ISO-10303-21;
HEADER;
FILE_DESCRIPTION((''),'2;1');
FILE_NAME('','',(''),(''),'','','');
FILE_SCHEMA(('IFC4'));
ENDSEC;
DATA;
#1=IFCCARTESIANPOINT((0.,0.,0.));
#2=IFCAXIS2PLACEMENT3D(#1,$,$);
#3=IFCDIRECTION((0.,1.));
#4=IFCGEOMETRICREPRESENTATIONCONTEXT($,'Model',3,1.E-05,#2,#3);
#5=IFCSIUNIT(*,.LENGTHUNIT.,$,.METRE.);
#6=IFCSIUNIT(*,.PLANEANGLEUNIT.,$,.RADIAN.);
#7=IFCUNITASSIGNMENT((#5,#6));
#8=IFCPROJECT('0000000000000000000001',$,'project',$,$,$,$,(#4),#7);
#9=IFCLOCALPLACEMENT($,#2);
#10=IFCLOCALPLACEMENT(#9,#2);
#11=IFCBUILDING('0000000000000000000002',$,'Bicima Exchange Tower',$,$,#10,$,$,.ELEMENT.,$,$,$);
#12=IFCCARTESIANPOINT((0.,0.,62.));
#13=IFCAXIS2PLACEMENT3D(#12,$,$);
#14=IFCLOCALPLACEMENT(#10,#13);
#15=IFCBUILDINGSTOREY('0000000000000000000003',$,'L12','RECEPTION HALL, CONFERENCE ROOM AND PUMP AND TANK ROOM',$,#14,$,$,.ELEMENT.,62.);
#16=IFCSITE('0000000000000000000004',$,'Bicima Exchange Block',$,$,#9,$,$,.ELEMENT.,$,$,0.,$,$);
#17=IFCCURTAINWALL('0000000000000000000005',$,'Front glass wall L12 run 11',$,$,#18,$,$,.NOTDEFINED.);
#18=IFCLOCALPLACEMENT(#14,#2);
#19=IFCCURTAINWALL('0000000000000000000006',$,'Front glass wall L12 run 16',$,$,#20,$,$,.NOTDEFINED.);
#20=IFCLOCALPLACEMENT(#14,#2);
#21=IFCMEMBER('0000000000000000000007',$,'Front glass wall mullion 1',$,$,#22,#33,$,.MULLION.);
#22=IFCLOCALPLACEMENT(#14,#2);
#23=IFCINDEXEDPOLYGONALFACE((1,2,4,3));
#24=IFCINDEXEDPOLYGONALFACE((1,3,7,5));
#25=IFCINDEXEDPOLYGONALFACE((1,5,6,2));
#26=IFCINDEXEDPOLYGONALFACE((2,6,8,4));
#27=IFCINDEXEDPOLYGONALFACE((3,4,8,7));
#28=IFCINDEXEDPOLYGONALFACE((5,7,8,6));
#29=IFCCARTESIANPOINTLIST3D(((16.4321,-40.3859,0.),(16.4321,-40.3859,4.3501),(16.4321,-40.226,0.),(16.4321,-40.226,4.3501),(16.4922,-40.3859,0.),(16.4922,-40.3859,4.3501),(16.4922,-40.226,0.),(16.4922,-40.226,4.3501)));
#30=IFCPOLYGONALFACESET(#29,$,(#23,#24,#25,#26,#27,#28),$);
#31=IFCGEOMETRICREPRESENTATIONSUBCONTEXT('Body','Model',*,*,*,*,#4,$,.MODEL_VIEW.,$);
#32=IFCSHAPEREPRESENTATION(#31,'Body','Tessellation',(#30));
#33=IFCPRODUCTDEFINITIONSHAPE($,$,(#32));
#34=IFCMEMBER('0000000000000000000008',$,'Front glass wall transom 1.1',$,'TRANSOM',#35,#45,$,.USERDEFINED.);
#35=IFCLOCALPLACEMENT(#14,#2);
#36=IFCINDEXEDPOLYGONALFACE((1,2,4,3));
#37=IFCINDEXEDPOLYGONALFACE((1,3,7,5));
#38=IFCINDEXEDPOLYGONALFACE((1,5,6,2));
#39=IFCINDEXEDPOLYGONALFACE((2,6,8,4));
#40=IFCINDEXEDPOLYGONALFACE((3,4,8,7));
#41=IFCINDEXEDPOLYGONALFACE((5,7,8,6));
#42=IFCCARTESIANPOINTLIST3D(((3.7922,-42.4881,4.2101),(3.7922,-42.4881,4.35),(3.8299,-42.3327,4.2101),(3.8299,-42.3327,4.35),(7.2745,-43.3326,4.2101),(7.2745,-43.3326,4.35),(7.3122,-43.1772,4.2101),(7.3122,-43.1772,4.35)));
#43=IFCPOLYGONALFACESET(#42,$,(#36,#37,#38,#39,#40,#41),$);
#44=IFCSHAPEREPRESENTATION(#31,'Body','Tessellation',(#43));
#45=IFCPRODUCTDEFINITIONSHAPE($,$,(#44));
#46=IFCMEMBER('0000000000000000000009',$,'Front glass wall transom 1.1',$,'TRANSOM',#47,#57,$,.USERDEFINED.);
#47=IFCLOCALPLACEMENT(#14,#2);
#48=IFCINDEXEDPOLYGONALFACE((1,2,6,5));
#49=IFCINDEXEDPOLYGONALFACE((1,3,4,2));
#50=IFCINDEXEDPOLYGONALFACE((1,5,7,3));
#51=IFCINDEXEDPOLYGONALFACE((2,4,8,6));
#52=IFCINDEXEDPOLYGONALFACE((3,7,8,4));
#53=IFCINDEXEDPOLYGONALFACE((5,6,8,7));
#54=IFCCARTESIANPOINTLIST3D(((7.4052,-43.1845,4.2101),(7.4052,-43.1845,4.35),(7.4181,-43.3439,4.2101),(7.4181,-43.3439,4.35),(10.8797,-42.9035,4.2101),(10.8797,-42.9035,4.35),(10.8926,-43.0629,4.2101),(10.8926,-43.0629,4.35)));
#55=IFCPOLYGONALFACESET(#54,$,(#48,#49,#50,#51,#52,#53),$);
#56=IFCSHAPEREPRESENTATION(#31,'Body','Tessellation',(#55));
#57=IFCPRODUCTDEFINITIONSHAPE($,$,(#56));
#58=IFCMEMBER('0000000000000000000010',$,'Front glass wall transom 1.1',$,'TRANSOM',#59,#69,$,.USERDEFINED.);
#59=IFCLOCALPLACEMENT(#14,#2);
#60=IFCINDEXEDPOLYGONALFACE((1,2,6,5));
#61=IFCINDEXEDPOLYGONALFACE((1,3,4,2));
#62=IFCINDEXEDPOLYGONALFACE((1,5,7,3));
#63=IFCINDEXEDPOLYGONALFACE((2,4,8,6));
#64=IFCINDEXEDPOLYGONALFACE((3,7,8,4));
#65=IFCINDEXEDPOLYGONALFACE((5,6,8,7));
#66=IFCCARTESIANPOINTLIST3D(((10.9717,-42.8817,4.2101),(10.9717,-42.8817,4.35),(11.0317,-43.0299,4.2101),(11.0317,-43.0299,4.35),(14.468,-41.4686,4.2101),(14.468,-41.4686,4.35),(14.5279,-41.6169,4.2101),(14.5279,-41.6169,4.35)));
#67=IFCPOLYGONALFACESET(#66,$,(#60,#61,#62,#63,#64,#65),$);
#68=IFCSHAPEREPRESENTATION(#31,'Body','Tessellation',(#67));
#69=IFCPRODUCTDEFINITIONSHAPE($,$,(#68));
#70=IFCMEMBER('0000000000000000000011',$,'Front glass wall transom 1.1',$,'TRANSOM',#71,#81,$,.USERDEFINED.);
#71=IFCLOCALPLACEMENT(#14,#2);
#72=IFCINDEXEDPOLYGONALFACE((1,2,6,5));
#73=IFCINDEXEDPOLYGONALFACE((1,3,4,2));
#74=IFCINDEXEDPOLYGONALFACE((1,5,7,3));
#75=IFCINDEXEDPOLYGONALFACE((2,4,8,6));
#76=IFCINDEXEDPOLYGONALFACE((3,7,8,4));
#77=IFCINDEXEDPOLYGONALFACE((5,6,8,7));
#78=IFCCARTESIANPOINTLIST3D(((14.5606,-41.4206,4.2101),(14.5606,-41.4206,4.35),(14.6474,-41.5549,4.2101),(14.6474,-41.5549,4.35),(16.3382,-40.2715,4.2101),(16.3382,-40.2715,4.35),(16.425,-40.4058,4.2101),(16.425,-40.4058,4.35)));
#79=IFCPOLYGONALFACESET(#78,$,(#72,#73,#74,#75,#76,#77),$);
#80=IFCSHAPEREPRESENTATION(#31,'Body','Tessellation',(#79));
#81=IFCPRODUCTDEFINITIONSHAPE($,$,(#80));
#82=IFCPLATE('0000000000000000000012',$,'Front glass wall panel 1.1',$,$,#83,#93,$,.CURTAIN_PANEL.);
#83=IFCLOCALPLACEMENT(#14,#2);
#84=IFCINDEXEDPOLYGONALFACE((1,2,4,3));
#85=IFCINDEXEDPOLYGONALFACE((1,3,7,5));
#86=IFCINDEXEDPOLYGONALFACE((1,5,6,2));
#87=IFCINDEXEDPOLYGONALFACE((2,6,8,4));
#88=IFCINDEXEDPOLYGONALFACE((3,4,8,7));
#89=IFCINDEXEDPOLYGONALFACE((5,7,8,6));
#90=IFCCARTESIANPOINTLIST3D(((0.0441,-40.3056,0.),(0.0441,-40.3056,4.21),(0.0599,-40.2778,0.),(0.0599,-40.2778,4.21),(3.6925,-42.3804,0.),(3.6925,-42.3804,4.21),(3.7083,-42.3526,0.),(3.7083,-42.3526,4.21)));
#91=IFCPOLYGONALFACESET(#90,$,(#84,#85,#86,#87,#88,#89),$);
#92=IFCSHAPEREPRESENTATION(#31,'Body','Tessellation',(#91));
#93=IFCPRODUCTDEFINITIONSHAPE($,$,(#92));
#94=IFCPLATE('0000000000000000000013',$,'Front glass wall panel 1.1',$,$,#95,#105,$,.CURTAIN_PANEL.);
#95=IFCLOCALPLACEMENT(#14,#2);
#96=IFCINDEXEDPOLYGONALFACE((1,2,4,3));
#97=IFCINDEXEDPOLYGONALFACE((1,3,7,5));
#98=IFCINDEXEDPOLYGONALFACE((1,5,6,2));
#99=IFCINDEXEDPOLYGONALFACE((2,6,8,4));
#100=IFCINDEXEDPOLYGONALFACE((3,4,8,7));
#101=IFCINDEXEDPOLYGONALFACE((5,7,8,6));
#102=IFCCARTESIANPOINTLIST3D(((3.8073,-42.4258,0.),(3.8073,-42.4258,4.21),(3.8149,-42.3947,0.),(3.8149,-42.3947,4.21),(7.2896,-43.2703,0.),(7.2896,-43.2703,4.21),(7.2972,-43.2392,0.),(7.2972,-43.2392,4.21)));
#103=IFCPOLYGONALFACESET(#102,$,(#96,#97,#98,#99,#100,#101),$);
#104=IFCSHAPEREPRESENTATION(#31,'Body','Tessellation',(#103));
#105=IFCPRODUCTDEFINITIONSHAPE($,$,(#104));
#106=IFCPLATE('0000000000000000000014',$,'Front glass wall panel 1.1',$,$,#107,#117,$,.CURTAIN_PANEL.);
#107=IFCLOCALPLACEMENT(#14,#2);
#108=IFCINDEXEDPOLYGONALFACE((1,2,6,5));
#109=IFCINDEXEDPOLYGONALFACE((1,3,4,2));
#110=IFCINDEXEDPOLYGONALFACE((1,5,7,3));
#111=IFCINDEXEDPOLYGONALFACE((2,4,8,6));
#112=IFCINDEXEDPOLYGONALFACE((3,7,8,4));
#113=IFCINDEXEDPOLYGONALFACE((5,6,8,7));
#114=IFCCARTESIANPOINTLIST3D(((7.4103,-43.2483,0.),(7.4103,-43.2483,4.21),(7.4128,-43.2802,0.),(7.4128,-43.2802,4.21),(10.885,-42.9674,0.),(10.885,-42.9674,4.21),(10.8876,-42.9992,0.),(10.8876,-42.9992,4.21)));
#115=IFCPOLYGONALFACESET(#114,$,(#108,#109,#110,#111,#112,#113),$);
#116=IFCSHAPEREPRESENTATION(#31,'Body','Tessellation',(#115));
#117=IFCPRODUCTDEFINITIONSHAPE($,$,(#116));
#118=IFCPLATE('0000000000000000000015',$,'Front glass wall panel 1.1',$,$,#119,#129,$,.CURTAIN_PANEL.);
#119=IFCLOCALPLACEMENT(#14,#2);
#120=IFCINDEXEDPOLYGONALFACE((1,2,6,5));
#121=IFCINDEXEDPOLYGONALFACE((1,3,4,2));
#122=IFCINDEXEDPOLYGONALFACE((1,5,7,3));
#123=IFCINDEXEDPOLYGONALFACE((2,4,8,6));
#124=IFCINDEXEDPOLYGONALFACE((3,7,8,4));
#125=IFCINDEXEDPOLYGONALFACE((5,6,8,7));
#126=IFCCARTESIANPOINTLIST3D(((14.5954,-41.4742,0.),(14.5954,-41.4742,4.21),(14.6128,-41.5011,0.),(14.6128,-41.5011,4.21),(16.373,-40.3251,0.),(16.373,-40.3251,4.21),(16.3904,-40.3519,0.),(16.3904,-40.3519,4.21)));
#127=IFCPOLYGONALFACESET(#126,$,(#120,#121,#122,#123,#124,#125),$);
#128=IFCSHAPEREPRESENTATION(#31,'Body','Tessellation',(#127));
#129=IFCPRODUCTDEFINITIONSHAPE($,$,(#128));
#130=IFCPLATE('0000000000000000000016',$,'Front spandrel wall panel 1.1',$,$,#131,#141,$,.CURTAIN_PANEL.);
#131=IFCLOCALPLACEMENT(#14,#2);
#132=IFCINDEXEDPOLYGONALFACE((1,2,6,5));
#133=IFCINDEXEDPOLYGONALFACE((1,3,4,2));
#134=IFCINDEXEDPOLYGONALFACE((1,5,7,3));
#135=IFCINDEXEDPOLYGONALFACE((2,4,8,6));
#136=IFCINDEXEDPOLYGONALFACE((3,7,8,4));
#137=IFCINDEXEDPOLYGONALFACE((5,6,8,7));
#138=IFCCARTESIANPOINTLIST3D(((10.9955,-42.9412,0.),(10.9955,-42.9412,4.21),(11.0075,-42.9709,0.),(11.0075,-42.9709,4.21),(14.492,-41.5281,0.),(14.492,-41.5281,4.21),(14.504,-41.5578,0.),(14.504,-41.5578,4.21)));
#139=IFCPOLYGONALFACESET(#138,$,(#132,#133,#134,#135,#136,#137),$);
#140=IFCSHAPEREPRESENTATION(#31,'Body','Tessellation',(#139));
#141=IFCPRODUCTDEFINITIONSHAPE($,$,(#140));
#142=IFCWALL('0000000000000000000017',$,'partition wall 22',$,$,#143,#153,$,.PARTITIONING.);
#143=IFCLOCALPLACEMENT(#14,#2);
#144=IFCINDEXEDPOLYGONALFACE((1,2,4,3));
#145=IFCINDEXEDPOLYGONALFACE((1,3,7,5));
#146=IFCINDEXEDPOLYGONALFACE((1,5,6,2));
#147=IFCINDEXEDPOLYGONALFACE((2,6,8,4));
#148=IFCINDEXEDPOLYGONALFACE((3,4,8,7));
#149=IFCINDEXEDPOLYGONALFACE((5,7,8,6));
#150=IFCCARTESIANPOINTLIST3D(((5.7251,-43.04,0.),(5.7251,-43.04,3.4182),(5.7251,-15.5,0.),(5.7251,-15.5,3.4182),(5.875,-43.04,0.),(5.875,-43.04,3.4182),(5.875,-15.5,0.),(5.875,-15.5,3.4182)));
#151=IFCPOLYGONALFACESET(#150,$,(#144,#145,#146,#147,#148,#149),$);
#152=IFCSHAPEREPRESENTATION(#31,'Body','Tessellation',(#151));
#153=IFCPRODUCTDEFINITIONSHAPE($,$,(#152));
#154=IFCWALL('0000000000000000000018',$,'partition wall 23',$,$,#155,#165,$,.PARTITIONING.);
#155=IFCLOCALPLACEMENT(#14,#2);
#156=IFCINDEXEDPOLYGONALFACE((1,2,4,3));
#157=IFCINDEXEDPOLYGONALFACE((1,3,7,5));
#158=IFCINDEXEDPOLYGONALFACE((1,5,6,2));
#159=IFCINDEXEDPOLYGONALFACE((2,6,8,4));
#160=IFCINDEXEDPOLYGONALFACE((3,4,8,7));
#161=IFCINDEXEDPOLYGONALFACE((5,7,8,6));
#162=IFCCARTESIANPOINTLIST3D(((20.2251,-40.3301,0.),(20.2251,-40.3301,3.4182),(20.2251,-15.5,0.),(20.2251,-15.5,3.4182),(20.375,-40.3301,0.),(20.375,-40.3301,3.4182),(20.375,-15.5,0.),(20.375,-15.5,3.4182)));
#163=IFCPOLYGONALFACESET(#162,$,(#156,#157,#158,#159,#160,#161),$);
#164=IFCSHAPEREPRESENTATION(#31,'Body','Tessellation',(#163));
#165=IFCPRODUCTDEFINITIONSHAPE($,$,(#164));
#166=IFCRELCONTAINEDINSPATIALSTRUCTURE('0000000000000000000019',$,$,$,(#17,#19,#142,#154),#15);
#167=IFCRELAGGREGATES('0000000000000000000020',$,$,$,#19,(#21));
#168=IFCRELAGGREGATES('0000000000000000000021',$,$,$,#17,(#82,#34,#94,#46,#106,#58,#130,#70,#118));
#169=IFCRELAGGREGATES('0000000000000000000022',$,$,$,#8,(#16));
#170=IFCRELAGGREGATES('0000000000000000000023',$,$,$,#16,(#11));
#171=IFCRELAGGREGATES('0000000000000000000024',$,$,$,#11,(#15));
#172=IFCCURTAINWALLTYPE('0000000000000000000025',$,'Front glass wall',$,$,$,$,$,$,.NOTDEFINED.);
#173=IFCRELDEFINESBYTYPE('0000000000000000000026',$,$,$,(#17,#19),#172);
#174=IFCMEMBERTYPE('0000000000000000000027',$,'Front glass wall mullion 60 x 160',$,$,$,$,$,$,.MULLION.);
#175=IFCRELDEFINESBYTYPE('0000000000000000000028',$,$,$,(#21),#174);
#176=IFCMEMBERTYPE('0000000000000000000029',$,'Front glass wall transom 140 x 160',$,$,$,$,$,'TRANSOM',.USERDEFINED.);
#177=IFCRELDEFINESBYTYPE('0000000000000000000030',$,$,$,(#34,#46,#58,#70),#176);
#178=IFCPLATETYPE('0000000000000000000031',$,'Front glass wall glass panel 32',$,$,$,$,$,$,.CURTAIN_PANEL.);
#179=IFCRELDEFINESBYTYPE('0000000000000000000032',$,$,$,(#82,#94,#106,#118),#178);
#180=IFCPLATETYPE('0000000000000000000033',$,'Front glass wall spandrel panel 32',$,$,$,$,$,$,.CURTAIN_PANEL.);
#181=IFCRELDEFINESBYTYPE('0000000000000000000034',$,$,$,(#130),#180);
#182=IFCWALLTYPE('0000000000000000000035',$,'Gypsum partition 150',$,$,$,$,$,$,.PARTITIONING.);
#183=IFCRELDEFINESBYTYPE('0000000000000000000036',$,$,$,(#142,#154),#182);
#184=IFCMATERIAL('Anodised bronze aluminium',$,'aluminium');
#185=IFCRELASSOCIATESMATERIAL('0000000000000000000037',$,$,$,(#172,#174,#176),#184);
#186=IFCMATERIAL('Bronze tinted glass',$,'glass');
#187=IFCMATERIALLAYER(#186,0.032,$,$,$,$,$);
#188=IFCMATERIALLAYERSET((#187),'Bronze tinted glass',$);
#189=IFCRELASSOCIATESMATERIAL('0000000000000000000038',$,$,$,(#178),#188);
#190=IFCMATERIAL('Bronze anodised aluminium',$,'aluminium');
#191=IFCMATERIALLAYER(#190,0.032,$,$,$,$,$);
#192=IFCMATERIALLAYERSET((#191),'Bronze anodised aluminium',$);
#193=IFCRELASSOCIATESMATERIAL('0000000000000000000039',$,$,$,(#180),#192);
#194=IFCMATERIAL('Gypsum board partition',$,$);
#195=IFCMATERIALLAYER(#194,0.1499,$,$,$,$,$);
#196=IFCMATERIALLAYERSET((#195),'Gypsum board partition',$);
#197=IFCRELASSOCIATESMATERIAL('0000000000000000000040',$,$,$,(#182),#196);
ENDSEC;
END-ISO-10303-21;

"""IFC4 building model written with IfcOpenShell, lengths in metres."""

from ifc_helpers import new_model, si_unit, direction, frame, frame_2d, origin, origin_2d, place, context, subcontext, project, spatial, rectangle, extrude, material, layer, layer_set, material_profile, profile_set, type_object, element, aggregate, save


model = new_model("IFC4")

# Units and contexts
model_context = context("Model", 3, precision=1e-05, world=origin(), true_north=direction((0.0, 1.0)))
body_context = subcontext(model_context, "Body", "Model", "MODEL_VIEW")
ifc_project = project(units=[si_unit("LENGTHUNIT", "METRE"), si_unit("PLANEANGLEUNIT", "RADIAN")], contexts=[model_context])

# Site, building, storey
site_placement = place(None, origin())
site = spatial("IfcSite", under=ifc_project, at=site_placement, Name="Bicima Exchange Block", CompositionType="ELEMENT", RefElevation=0.0)
building_placement = place(site_placement, origin())
building = spatial("IfcBuilding", under=site, at=building_placement, Name="Bicima Exchange Tower", CompositionType="ELEMENT")
storey_placement = place(building_placement, frame((0.0, 0.0, 62.0)))
storey = spatial("IfcBuildingStorey", under=building, at=storey_placement, Name="L12", Description="RECEPTION HALL, CONFERENCE ROOM AND PUMP AND TANK ROOM", CompositionType="ELEMENT", Elevation=62.0)

# Curtain wall
ifc_material_1 = material(Name="Anodised bronze aluminium", Category="aluminium")
curtain_wall_type = type_object("IfcCurtainWallType", Name="Front glass wall", PredefinedType="NOTDEFINED", material=ifc_material_1)
curtain_wall_1_placement = place(storey_placement, origin())
curtain_wall_1 = element("IfcCurtainWall", 1, at=curtain_wall_1_placement, inside=storey, type_object=curtain_wall_type, Name="Front glass wall L12 run 11", PredefinedType="NOTDEFINED")
ifc_material_profile_1 = material_profile(ifc_material_1, rectangle(XDim=0.1599, YDim=0.0601, at=origin_2d()))
ifc_profile_set_1 = profile_set([ifc_material_profile_1], Name="Anodised bronze aluminium")
member_type_1 = type_object("IfcMemberType", Name="Front glass wall mullion 60 x 160", PredefinedType="MULLION", material=ifc_profile_set_1)

# Curtain wall, member
curtain_wall_2_placement = place(storey_placement, origin())
curtain_wall_2 = element("IfcCurtainWall", 2, at=curtain_wall_2_placement, inside=storey, type_object=curtain_wall_type, Name="Front glass wall L12 run 16", PredefinedType="NOTDEFINED")
member_1_placement = place(storey_placement, frame((16.4622, -40.3059, 0.0), z_axis=(0.0, 0.0, 1.0), x_axis=(0.0, 1.0, 0.0)))
member_1 = element("IfcMember", 3, at=member_1_placement, type_object=member_type_1, Name="Front glass wall mullion 1", PredefinedType="MULLION", context=body_context, shape_type="SweptSolid", body=[
    extrude(rectangle(XDim=0.1599, YDim=0.0601, at=origin_2d()), origin(), (0.0, 0.0, 1.0), 4.3501),
])
aggregate(curtain_wall_2, [member_1])

# Members
ifc_material_profile_2 = material_profile(ifc_material_1, rectangle(XDim=0.1599, YDim=0.1399, at=origin_2d()))
ifc_profile_set_2 = profile_set([ifc_material_profile_2], Name="Anodised bronze aluminium")
member_type_2 = type_object("IfcMemberType", Name="Front glass wall transom 140 x 160", ElementType="TRANSOM", PredefinedType="USERDEFINED", material=ifc_profile_set_2)
member_2_placement = place(storey_placement, frame((3.811, -42.4104, 4.28), z_axis=(0.971834, -0.235668, 0.0), x_axis=(0.235668, 0.971834, 0.0)))
member_2 = element("IfcMember", 4, at=member_2_placement, type_object=member_type_2, Name="Front glass wall transom 1.1", ObjectType="TRANSOM", PredefinedType="USERDEFINED", context=body_context, shape_type="SweptSolid", body=[
    extrude(rectangle(XDim=0.1599, YDim=0.1399, at=origin_2d()), origin(), (0.0, 0.0, 1.0), 3.5833),
])
member_3_placement = place(storey_placement, frame((7.4116, -43.2642, 4.28), z_axis=(0.996746, 0.080611, 0.0), x_axis=(-0.080611, 0.996746, 0.0)))
member_3 = element("IfcMember", 5, at=member_3_placement, type_object=member_type_2, Name="Front glass wall transom 1.1", ObjectType="TRANSOM", PredefinedType="USERDEFINED", context=body_context, shape_type="SweptSolid", body=[
    extrude(rectangle(XDim=0.1599, YDim=0.1399, at=origin_2d()), origin(), (0.0, 0.0, 1.0), 3.4858),
])
member_4_placement = place(storey_placement, frame((11.0017, -42.9558, 4.28), z_axis=(0.92714, 0.374715, 0.0), x_axis=(-0.374715, 0.92714, 0.0)))
member_4 = element("IfcMember", 6, at=member_4_placement, type_object=member_type_2, Name="Front glass wall transom 1.1", ObjectType="TRANSOM", PredefinedType="USERDEFINED", context=body_context, shape_type="SweptSolid", body=[
    extrude(rectangle(XDim=0.1599, YDim=0.1399, at=origin_2d()), origin(), (0.0, 0.0, 1.0), 3.771),
])
member_5_placement = place(storey_placement, frame((14.604, -41.4878, 4.28), z_axis=(0.839793, 0.542907, 0.0), x_axis=(-0.542907, 0.839793, 0.0)))
member_5 = element("IfcMember", 7, at=member_5_placement, type_object=member_type_2, Name="Front glass wall transom 1.1", ObjectType="TRANSOM", PredefinedType="USERDEFINED", context=body_context, shape_type="SweptSolid", body=[
    extrude(rectangle(XDim=0.1599, YDim=0.1399, at=origin_2d()), origin(), (0.0, 0.0, 1.0), 2.1167),
])

# Plates
ifc_material_2 = material(Name="Bronze tinted glass", Category="glass")
ifc_layer_1 = layer(ifc_material_2, 0.032)
ifc_layer_set_1 = layer_set([ifc_layer_1], Name="Bronze tinted glass")
plate_type_1 = type_object("IfcPlateType", Name="Front glass wall glass panel 32", PredefinedType="CURTAIN_PANEL", material=ifc_layer_set_1)
plate_1_placement = place(storey_placement, frame((1.8762, -41.3291, 0.0), z_axis=(0.0, 0.0, 1.0), x_axis=(0.869274, -0.49433, 0.0)))
plate_1 = element("IfcPlate", 8, at=plate_1_placement, type_object=plate_type_1, Name="Front glass wall panel 1.1", PredefinedType="CURTAIN_PANEL", context=body_context, shape_type="SweptSolid", body=[
    extrude(rectangle(XDim=4.197, YDim=0.032, at=origin_2d()), origin(), (0.0, 0.0, 1.0), 4.21),
])
plate_2_placement = place(storey_placement, frame((5.5522, -42.8325, 0.0), z_axis=(0.0, 0.0, 1.0), x_axis=(0.97183, -0.235682, 0.0)))
plate_2 = element("IfcPlate", 9, at=plate_2_placement, type_object=plate_type_1, Name="Front glass wall panel 1.1", PredefinedType="CURTAIN_PANEL", context=body_context, shape_type="SweptSolid", body=[
    extrude(rectangle(XDim=3.5833, YDim=0.032, at=origin_2d()), origin(), (0.0, 0.0, 1.0), 4.21),
])
plate_3_placement = place(storey_placement, frame((9.1489, -43.1238, 0.0), z_axis=(0.0, 0.0, 1.0), x_axis=(0.996747, 0.080589, 0.0)))
plate_3 = element("IfcPlate", 10, at=plate_3_placement, type_object=plate_type_1, Name="Front glass wall panel 1.1", PredefinedType="CURTAIN_PANEL", context=body_context, shape_type="SweptSolid", body=[
    extrude(rectangle(XDim=3.4861, YDim=0.032, at=origin_2d()), origin(), (0.0, 0.0, 1.0), 4.21),
])
plate_4_placement = place(storey_placement, frame((15.4929, -40.9131, 0.0), z_axis=(0.0, 0.0, 1.0), x_axis=(0.839791, 0.542909, 0.0)))
plate_4 = element("IfcPlate", 11, at=plate_4_placement, type_object=plate_type_1, Name="Front glass wall panel 1.1", PredefinedType="CURTAIN_PANEL", context=body_context, shape_type="SweptSolid", body=[
    extrude(rectangle(XDim=2.1167, YDim=0.032, at=origin_2d()), origin(), (0.0, 0.0, 1.0), 4.21),
])
ifc_material_3 = material(Name="Bronze anodised aluminium", Category="aluminium")
ifc_layer_2 = layer(ifc_material_3, 0.032)
ifc_layer_set_2 = layer_set([ifc_layer_2], Name="Bronze anodised aluminium")
plate_type_2 = type_object("IfcPlateType", Name="Front glass wall spandrel panel 32", PredefinedType="CURTAIN_PANEL", material=ifc_layer_set_2)
plate_5_placement = place(storey_placement, frame((12.7498, -42.2495, 0.0), z_axis=(0.0, 0.0, 1.0), x_axis=(0.927144, 0.374705, 0.0)))
plate_5 = element("IfcPlate", 12, at=plate_5_placement, type_object=plate_type_2, Name="Front spandrel wall panel 1.1", PredefinedType="CURTAIN_PANEL", context=body_context, shape_type="SweptSolid", body=[
    extrude(rectangle(XDim=3.7712, YDim=0.032, at=origin_2d()), origin(), (0.0, 0.0, 1.0), 4.21),
])
aggregate(curtain_wall_1, [plate_1, member_2, plate_2, member_3, plate_3, member_4, plate_5, member_5, plate_4])

# Walls
ifc_material_4 = material(Name="Gypsum board partition")
ifc_layer_3 = layer(ifc_material_4, 0.1499)
ifc_layer_set_3 = layer_set([ifc_layer_3], Name="Gypsum board partition")
wall_type = type_object("IfcWallType", Name="Gypsum partition 150", PredefinedType="PARTITIONING", material=ifc_layer_set_3)
wall_1_placement = place(storey_placement, frame((5.8, -43.04, 0.0), z_axis=(0.0, 0.0, 1.0), x_axis=(0.0, 1.0, 0.0)))
element("IfcWall", 13, at=wall_1_placement, inside=storey, type_object=wall_type, Name="partition wall 22", PredefinedType="PARTITIONING", context=body_context, shape_type="SweptSolid", body=[
    extrude(rectangle(XDim=27.54, YDim=0.1499, at=frame_2d((13.77, 0.0))), origin(), (0.0, 0.0, 1.0), 3.4182),
])
wall_2_placement = place(storey_placement, frame((20.3, -40.3301, 0.0), z_axis=(0.0, 0.0, 1.0), x_axis=(0.0, 1.0, 0.0)))
element("IfcWall", 14, at=wall_2_placement, inside=storey, type_object=wall_type, Name="partition wall 23", PredefinedType="PARTITIONING", context=body_context, shape_type="SweptSolid", body=[
    extrude(rectangle(XDim=24.8301, YDim=0.1499, at=frame_2d((12.415, 0.0))), origin(), (0.0, 0.0, 1.0), 3.4182),
])

save(model, "model.ifc")
